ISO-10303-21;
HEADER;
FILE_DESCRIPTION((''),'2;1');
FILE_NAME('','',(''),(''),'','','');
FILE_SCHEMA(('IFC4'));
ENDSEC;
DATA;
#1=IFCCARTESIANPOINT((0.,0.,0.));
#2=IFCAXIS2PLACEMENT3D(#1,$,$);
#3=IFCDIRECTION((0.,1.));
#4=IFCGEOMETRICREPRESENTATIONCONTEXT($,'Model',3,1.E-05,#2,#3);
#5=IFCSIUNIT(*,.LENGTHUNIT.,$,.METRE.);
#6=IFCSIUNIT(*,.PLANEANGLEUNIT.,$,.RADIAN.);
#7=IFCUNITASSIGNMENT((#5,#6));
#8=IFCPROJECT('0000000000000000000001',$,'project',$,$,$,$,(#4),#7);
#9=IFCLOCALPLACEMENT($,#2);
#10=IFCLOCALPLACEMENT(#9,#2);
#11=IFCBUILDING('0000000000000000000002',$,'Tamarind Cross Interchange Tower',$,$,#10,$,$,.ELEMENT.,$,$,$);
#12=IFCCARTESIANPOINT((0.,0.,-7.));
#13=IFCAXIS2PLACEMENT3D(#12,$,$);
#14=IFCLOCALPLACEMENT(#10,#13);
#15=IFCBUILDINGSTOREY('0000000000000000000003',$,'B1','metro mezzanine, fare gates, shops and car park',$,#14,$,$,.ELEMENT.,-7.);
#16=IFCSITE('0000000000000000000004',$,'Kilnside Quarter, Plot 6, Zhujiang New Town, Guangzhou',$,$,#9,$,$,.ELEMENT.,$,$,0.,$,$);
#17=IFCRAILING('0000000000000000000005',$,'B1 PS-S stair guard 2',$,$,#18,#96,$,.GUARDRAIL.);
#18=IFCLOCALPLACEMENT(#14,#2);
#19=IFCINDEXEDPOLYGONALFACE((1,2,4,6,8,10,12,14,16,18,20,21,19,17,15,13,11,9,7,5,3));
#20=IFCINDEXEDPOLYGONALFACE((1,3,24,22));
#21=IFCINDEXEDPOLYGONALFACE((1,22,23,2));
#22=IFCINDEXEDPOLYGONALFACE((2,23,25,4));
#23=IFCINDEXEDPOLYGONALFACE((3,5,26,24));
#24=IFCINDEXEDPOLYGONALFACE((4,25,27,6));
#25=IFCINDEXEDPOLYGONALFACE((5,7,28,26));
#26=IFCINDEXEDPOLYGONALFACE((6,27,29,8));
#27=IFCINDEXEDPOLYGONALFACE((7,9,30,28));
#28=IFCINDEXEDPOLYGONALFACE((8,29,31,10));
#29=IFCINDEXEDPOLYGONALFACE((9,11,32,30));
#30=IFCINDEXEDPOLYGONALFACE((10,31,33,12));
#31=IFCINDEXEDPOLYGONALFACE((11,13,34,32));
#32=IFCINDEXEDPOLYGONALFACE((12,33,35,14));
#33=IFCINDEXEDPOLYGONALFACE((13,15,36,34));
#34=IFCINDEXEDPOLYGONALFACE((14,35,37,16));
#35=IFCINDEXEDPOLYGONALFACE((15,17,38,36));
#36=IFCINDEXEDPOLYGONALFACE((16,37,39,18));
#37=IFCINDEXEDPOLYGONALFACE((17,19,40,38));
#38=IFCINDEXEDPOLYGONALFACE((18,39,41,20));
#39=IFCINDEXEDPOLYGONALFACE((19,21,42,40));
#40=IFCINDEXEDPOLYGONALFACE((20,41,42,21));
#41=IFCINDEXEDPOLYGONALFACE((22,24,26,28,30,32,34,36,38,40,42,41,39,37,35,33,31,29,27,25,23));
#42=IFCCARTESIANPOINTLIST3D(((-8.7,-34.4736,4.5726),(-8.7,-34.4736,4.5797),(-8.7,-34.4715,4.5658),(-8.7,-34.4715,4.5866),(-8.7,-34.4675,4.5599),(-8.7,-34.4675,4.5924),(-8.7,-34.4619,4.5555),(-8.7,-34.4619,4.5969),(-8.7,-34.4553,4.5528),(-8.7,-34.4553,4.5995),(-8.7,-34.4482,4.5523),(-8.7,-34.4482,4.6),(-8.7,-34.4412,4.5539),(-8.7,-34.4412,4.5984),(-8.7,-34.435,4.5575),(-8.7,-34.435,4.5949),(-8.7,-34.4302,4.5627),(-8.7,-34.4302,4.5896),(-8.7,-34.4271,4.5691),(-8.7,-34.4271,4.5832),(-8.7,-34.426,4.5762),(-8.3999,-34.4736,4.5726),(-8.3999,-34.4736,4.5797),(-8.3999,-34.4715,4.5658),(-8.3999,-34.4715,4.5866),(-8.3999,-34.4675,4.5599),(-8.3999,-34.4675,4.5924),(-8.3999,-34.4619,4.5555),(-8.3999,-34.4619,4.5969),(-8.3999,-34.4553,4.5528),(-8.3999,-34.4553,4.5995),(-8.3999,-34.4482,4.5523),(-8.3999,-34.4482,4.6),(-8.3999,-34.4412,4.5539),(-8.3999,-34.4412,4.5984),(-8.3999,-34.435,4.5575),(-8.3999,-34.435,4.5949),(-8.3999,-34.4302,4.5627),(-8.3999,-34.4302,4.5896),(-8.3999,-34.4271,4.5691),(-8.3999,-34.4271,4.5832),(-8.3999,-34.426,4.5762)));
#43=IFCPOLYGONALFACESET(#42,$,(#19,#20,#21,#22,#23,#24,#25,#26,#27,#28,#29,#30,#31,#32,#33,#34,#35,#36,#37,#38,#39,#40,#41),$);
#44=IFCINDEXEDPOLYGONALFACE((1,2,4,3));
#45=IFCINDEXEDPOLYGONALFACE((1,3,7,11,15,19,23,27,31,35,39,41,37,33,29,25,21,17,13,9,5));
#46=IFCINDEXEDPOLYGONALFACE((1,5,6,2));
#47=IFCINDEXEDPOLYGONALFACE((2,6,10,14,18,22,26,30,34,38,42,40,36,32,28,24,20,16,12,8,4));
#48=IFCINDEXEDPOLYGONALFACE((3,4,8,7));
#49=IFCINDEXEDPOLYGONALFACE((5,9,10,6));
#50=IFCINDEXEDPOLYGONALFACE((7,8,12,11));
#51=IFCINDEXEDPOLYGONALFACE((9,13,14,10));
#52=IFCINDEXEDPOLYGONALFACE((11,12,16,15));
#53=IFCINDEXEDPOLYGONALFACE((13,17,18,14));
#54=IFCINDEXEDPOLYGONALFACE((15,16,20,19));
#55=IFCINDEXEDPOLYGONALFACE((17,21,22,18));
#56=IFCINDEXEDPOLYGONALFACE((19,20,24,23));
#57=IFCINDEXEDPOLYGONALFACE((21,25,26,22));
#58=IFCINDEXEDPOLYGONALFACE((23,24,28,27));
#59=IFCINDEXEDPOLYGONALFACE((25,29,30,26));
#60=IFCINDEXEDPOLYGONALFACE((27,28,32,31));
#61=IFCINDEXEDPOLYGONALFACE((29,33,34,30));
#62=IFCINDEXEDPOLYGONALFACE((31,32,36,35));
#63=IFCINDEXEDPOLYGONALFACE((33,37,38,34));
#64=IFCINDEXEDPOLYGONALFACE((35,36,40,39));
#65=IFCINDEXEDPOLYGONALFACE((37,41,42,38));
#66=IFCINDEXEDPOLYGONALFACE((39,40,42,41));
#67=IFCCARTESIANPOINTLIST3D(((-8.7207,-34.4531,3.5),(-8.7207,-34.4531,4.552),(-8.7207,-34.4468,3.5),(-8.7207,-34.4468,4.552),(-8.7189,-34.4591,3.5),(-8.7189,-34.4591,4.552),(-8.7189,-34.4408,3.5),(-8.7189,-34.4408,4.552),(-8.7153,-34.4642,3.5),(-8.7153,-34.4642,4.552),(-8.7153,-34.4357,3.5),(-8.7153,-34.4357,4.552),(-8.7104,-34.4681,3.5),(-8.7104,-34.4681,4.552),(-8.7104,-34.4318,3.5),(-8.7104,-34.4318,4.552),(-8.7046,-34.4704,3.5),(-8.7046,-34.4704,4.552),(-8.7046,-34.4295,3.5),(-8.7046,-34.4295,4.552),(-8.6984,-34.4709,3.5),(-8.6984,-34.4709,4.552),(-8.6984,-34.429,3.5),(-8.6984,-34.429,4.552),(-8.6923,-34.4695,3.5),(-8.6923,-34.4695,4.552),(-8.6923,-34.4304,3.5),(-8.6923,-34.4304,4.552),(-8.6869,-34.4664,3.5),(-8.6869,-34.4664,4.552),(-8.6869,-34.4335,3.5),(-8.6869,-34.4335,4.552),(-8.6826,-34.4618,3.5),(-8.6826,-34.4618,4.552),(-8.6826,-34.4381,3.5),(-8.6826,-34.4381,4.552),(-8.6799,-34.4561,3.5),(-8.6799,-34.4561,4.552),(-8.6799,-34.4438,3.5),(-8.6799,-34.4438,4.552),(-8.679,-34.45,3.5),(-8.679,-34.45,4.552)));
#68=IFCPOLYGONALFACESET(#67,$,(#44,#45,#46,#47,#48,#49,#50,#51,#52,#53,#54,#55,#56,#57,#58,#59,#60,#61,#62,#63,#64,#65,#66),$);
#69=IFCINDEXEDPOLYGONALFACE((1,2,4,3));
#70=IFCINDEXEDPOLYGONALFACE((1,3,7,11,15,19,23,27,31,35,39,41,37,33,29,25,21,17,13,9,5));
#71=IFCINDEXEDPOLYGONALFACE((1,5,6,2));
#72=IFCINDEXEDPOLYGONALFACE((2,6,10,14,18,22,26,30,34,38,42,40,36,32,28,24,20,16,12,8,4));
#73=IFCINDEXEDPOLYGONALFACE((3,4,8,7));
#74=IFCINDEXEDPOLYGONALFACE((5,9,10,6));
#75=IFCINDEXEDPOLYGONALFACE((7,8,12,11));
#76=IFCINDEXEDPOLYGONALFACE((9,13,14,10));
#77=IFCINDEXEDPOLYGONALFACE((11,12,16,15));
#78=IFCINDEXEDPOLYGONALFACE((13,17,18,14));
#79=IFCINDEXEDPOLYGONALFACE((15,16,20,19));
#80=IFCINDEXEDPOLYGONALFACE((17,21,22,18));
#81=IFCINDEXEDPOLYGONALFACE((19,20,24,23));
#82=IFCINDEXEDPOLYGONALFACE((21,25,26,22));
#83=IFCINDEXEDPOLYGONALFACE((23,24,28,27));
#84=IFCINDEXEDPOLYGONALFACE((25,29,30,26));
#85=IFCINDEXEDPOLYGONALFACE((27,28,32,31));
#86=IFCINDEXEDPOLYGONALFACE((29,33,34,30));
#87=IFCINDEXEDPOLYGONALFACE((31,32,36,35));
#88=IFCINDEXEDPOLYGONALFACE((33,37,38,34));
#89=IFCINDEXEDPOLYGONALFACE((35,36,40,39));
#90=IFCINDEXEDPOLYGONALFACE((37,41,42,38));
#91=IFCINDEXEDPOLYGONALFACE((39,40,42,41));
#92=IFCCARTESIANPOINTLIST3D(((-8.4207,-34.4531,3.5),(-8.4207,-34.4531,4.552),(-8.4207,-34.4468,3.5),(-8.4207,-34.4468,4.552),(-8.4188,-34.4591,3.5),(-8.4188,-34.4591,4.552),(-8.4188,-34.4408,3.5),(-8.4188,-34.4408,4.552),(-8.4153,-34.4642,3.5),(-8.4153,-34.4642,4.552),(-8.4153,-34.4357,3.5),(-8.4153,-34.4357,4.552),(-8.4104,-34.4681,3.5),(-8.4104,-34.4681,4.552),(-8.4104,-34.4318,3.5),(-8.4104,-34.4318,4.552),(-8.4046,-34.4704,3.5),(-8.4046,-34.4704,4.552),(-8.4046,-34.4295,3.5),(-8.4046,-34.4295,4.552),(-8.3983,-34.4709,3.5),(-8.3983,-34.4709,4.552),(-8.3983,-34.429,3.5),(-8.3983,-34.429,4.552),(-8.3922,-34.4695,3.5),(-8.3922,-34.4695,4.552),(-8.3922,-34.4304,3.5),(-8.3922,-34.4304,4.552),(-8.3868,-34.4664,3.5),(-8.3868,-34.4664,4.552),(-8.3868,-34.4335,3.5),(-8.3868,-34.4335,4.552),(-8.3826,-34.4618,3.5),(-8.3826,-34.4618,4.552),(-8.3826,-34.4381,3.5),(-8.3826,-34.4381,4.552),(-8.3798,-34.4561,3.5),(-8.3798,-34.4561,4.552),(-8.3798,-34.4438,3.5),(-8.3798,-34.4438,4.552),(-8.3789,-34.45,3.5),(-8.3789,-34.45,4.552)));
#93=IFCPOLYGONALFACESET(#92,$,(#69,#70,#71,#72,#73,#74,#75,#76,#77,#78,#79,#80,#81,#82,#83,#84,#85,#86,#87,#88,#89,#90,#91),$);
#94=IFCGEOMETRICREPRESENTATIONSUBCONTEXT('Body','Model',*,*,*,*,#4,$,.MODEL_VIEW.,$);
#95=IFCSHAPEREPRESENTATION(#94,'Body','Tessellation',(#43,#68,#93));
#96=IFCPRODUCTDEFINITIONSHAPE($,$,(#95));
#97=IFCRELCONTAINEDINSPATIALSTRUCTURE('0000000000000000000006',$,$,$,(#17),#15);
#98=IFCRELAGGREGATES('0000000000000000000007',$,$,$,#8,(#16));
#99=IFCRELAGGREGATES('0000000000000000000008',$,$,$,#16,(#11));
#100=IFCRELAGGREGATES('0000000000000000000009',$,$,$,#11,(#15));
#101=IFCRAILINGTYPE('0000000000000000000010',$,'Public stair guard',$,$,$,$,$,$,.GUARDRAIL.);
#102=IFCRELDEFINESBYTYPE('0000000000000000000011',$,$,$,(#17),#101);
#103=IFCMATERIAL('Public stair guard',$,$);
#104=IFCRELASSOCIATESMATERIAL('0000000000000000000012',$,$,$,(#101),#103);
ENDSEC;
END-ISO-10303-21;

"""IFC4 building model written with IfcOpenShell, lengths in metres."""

from ifc_helpers import new_model, si_unit, direction, frame, origin, origin_2d, place, context, subcontext, project, spatial, circle, extrude, material, type_object, element, save


model = new_model("IFC4")

# Units and contexts
model_context = context("Model", 3, precision=1e-05, world=origin(), true_north=direction((0.0, 1.0)))
body_context = subcontext(model_context, "Body", "Model", "MODEL_VIEW")
ifc_project = project(units=[si_unit("LENGTHUNIT", "METRE"), si_unit("PLANEANGLEUNIT", "RADIAN")], contexts=[model_context])

# Site, building, storey
site_placement = place(None, origin())
site = spatial("IfcSite", under=ifc_project, at=site_placement, Name="Kilnside Quarter, Plot 6, Zhujiang New Town, Guangzhou", CompositionType="ELEMENT", RefElevation=0.0)
building_placement = place(site_placement, origin())
building = spatial("IfcBuilding", under=site, at=building_placement, Name="Tamarind Cross Interchange Tower", CompositionType="ELEMENT")
storey_placement = place(building_placement, frame((0.0, 0.0, -7.0)))
storey = spatial("IfcBuildingStorey", under=building, at=storey_placement, Name="B1", Description="metro mezzanine, fare gates, shops and car park", CompositionType="ELEMENT", Elevation=-7.0)

# Railing
ifc_material_1 = material(Name="Public stair guard")
railing_type_1 = type_object("IfcRailingType", Name="Public stair guard", PredefinedType="GUARDRAIL", material=ifc_material_1)
railing_1_placement = place(storey_placement, frame((-8.7, -34.45, 3.5)))
element("IfcRailing", 1, at=railing_1_placement, inside=storey, type_object=railing_type_1, Name="B1 PS-S stair guard 2", PredefinedType="GUARDRAIL", context=body_context, shape_type="SweptSolid", body=[
    extrude(circle(Radius=0.0239, at=origin_2d()), frame((0.0, 0.0, 1.0762), z_axis=(1.0, 0.0, 0.0), x_axis=(0.0, 1.0, 0.0)), (0.0, 0.0, 1.0), 0.3),
    extrude(circle(Radius=0.021, at=origin_2d()), origin(), (0.0, 0.0, 1.0), 1.052),
    extrude(circle(Radius=0.021, at=origin_2d()), frame((0.3, 0.0, 0.0)), (0.0, 0.0, 1.0), 1.052),
])

save(model, "model.ifc")
